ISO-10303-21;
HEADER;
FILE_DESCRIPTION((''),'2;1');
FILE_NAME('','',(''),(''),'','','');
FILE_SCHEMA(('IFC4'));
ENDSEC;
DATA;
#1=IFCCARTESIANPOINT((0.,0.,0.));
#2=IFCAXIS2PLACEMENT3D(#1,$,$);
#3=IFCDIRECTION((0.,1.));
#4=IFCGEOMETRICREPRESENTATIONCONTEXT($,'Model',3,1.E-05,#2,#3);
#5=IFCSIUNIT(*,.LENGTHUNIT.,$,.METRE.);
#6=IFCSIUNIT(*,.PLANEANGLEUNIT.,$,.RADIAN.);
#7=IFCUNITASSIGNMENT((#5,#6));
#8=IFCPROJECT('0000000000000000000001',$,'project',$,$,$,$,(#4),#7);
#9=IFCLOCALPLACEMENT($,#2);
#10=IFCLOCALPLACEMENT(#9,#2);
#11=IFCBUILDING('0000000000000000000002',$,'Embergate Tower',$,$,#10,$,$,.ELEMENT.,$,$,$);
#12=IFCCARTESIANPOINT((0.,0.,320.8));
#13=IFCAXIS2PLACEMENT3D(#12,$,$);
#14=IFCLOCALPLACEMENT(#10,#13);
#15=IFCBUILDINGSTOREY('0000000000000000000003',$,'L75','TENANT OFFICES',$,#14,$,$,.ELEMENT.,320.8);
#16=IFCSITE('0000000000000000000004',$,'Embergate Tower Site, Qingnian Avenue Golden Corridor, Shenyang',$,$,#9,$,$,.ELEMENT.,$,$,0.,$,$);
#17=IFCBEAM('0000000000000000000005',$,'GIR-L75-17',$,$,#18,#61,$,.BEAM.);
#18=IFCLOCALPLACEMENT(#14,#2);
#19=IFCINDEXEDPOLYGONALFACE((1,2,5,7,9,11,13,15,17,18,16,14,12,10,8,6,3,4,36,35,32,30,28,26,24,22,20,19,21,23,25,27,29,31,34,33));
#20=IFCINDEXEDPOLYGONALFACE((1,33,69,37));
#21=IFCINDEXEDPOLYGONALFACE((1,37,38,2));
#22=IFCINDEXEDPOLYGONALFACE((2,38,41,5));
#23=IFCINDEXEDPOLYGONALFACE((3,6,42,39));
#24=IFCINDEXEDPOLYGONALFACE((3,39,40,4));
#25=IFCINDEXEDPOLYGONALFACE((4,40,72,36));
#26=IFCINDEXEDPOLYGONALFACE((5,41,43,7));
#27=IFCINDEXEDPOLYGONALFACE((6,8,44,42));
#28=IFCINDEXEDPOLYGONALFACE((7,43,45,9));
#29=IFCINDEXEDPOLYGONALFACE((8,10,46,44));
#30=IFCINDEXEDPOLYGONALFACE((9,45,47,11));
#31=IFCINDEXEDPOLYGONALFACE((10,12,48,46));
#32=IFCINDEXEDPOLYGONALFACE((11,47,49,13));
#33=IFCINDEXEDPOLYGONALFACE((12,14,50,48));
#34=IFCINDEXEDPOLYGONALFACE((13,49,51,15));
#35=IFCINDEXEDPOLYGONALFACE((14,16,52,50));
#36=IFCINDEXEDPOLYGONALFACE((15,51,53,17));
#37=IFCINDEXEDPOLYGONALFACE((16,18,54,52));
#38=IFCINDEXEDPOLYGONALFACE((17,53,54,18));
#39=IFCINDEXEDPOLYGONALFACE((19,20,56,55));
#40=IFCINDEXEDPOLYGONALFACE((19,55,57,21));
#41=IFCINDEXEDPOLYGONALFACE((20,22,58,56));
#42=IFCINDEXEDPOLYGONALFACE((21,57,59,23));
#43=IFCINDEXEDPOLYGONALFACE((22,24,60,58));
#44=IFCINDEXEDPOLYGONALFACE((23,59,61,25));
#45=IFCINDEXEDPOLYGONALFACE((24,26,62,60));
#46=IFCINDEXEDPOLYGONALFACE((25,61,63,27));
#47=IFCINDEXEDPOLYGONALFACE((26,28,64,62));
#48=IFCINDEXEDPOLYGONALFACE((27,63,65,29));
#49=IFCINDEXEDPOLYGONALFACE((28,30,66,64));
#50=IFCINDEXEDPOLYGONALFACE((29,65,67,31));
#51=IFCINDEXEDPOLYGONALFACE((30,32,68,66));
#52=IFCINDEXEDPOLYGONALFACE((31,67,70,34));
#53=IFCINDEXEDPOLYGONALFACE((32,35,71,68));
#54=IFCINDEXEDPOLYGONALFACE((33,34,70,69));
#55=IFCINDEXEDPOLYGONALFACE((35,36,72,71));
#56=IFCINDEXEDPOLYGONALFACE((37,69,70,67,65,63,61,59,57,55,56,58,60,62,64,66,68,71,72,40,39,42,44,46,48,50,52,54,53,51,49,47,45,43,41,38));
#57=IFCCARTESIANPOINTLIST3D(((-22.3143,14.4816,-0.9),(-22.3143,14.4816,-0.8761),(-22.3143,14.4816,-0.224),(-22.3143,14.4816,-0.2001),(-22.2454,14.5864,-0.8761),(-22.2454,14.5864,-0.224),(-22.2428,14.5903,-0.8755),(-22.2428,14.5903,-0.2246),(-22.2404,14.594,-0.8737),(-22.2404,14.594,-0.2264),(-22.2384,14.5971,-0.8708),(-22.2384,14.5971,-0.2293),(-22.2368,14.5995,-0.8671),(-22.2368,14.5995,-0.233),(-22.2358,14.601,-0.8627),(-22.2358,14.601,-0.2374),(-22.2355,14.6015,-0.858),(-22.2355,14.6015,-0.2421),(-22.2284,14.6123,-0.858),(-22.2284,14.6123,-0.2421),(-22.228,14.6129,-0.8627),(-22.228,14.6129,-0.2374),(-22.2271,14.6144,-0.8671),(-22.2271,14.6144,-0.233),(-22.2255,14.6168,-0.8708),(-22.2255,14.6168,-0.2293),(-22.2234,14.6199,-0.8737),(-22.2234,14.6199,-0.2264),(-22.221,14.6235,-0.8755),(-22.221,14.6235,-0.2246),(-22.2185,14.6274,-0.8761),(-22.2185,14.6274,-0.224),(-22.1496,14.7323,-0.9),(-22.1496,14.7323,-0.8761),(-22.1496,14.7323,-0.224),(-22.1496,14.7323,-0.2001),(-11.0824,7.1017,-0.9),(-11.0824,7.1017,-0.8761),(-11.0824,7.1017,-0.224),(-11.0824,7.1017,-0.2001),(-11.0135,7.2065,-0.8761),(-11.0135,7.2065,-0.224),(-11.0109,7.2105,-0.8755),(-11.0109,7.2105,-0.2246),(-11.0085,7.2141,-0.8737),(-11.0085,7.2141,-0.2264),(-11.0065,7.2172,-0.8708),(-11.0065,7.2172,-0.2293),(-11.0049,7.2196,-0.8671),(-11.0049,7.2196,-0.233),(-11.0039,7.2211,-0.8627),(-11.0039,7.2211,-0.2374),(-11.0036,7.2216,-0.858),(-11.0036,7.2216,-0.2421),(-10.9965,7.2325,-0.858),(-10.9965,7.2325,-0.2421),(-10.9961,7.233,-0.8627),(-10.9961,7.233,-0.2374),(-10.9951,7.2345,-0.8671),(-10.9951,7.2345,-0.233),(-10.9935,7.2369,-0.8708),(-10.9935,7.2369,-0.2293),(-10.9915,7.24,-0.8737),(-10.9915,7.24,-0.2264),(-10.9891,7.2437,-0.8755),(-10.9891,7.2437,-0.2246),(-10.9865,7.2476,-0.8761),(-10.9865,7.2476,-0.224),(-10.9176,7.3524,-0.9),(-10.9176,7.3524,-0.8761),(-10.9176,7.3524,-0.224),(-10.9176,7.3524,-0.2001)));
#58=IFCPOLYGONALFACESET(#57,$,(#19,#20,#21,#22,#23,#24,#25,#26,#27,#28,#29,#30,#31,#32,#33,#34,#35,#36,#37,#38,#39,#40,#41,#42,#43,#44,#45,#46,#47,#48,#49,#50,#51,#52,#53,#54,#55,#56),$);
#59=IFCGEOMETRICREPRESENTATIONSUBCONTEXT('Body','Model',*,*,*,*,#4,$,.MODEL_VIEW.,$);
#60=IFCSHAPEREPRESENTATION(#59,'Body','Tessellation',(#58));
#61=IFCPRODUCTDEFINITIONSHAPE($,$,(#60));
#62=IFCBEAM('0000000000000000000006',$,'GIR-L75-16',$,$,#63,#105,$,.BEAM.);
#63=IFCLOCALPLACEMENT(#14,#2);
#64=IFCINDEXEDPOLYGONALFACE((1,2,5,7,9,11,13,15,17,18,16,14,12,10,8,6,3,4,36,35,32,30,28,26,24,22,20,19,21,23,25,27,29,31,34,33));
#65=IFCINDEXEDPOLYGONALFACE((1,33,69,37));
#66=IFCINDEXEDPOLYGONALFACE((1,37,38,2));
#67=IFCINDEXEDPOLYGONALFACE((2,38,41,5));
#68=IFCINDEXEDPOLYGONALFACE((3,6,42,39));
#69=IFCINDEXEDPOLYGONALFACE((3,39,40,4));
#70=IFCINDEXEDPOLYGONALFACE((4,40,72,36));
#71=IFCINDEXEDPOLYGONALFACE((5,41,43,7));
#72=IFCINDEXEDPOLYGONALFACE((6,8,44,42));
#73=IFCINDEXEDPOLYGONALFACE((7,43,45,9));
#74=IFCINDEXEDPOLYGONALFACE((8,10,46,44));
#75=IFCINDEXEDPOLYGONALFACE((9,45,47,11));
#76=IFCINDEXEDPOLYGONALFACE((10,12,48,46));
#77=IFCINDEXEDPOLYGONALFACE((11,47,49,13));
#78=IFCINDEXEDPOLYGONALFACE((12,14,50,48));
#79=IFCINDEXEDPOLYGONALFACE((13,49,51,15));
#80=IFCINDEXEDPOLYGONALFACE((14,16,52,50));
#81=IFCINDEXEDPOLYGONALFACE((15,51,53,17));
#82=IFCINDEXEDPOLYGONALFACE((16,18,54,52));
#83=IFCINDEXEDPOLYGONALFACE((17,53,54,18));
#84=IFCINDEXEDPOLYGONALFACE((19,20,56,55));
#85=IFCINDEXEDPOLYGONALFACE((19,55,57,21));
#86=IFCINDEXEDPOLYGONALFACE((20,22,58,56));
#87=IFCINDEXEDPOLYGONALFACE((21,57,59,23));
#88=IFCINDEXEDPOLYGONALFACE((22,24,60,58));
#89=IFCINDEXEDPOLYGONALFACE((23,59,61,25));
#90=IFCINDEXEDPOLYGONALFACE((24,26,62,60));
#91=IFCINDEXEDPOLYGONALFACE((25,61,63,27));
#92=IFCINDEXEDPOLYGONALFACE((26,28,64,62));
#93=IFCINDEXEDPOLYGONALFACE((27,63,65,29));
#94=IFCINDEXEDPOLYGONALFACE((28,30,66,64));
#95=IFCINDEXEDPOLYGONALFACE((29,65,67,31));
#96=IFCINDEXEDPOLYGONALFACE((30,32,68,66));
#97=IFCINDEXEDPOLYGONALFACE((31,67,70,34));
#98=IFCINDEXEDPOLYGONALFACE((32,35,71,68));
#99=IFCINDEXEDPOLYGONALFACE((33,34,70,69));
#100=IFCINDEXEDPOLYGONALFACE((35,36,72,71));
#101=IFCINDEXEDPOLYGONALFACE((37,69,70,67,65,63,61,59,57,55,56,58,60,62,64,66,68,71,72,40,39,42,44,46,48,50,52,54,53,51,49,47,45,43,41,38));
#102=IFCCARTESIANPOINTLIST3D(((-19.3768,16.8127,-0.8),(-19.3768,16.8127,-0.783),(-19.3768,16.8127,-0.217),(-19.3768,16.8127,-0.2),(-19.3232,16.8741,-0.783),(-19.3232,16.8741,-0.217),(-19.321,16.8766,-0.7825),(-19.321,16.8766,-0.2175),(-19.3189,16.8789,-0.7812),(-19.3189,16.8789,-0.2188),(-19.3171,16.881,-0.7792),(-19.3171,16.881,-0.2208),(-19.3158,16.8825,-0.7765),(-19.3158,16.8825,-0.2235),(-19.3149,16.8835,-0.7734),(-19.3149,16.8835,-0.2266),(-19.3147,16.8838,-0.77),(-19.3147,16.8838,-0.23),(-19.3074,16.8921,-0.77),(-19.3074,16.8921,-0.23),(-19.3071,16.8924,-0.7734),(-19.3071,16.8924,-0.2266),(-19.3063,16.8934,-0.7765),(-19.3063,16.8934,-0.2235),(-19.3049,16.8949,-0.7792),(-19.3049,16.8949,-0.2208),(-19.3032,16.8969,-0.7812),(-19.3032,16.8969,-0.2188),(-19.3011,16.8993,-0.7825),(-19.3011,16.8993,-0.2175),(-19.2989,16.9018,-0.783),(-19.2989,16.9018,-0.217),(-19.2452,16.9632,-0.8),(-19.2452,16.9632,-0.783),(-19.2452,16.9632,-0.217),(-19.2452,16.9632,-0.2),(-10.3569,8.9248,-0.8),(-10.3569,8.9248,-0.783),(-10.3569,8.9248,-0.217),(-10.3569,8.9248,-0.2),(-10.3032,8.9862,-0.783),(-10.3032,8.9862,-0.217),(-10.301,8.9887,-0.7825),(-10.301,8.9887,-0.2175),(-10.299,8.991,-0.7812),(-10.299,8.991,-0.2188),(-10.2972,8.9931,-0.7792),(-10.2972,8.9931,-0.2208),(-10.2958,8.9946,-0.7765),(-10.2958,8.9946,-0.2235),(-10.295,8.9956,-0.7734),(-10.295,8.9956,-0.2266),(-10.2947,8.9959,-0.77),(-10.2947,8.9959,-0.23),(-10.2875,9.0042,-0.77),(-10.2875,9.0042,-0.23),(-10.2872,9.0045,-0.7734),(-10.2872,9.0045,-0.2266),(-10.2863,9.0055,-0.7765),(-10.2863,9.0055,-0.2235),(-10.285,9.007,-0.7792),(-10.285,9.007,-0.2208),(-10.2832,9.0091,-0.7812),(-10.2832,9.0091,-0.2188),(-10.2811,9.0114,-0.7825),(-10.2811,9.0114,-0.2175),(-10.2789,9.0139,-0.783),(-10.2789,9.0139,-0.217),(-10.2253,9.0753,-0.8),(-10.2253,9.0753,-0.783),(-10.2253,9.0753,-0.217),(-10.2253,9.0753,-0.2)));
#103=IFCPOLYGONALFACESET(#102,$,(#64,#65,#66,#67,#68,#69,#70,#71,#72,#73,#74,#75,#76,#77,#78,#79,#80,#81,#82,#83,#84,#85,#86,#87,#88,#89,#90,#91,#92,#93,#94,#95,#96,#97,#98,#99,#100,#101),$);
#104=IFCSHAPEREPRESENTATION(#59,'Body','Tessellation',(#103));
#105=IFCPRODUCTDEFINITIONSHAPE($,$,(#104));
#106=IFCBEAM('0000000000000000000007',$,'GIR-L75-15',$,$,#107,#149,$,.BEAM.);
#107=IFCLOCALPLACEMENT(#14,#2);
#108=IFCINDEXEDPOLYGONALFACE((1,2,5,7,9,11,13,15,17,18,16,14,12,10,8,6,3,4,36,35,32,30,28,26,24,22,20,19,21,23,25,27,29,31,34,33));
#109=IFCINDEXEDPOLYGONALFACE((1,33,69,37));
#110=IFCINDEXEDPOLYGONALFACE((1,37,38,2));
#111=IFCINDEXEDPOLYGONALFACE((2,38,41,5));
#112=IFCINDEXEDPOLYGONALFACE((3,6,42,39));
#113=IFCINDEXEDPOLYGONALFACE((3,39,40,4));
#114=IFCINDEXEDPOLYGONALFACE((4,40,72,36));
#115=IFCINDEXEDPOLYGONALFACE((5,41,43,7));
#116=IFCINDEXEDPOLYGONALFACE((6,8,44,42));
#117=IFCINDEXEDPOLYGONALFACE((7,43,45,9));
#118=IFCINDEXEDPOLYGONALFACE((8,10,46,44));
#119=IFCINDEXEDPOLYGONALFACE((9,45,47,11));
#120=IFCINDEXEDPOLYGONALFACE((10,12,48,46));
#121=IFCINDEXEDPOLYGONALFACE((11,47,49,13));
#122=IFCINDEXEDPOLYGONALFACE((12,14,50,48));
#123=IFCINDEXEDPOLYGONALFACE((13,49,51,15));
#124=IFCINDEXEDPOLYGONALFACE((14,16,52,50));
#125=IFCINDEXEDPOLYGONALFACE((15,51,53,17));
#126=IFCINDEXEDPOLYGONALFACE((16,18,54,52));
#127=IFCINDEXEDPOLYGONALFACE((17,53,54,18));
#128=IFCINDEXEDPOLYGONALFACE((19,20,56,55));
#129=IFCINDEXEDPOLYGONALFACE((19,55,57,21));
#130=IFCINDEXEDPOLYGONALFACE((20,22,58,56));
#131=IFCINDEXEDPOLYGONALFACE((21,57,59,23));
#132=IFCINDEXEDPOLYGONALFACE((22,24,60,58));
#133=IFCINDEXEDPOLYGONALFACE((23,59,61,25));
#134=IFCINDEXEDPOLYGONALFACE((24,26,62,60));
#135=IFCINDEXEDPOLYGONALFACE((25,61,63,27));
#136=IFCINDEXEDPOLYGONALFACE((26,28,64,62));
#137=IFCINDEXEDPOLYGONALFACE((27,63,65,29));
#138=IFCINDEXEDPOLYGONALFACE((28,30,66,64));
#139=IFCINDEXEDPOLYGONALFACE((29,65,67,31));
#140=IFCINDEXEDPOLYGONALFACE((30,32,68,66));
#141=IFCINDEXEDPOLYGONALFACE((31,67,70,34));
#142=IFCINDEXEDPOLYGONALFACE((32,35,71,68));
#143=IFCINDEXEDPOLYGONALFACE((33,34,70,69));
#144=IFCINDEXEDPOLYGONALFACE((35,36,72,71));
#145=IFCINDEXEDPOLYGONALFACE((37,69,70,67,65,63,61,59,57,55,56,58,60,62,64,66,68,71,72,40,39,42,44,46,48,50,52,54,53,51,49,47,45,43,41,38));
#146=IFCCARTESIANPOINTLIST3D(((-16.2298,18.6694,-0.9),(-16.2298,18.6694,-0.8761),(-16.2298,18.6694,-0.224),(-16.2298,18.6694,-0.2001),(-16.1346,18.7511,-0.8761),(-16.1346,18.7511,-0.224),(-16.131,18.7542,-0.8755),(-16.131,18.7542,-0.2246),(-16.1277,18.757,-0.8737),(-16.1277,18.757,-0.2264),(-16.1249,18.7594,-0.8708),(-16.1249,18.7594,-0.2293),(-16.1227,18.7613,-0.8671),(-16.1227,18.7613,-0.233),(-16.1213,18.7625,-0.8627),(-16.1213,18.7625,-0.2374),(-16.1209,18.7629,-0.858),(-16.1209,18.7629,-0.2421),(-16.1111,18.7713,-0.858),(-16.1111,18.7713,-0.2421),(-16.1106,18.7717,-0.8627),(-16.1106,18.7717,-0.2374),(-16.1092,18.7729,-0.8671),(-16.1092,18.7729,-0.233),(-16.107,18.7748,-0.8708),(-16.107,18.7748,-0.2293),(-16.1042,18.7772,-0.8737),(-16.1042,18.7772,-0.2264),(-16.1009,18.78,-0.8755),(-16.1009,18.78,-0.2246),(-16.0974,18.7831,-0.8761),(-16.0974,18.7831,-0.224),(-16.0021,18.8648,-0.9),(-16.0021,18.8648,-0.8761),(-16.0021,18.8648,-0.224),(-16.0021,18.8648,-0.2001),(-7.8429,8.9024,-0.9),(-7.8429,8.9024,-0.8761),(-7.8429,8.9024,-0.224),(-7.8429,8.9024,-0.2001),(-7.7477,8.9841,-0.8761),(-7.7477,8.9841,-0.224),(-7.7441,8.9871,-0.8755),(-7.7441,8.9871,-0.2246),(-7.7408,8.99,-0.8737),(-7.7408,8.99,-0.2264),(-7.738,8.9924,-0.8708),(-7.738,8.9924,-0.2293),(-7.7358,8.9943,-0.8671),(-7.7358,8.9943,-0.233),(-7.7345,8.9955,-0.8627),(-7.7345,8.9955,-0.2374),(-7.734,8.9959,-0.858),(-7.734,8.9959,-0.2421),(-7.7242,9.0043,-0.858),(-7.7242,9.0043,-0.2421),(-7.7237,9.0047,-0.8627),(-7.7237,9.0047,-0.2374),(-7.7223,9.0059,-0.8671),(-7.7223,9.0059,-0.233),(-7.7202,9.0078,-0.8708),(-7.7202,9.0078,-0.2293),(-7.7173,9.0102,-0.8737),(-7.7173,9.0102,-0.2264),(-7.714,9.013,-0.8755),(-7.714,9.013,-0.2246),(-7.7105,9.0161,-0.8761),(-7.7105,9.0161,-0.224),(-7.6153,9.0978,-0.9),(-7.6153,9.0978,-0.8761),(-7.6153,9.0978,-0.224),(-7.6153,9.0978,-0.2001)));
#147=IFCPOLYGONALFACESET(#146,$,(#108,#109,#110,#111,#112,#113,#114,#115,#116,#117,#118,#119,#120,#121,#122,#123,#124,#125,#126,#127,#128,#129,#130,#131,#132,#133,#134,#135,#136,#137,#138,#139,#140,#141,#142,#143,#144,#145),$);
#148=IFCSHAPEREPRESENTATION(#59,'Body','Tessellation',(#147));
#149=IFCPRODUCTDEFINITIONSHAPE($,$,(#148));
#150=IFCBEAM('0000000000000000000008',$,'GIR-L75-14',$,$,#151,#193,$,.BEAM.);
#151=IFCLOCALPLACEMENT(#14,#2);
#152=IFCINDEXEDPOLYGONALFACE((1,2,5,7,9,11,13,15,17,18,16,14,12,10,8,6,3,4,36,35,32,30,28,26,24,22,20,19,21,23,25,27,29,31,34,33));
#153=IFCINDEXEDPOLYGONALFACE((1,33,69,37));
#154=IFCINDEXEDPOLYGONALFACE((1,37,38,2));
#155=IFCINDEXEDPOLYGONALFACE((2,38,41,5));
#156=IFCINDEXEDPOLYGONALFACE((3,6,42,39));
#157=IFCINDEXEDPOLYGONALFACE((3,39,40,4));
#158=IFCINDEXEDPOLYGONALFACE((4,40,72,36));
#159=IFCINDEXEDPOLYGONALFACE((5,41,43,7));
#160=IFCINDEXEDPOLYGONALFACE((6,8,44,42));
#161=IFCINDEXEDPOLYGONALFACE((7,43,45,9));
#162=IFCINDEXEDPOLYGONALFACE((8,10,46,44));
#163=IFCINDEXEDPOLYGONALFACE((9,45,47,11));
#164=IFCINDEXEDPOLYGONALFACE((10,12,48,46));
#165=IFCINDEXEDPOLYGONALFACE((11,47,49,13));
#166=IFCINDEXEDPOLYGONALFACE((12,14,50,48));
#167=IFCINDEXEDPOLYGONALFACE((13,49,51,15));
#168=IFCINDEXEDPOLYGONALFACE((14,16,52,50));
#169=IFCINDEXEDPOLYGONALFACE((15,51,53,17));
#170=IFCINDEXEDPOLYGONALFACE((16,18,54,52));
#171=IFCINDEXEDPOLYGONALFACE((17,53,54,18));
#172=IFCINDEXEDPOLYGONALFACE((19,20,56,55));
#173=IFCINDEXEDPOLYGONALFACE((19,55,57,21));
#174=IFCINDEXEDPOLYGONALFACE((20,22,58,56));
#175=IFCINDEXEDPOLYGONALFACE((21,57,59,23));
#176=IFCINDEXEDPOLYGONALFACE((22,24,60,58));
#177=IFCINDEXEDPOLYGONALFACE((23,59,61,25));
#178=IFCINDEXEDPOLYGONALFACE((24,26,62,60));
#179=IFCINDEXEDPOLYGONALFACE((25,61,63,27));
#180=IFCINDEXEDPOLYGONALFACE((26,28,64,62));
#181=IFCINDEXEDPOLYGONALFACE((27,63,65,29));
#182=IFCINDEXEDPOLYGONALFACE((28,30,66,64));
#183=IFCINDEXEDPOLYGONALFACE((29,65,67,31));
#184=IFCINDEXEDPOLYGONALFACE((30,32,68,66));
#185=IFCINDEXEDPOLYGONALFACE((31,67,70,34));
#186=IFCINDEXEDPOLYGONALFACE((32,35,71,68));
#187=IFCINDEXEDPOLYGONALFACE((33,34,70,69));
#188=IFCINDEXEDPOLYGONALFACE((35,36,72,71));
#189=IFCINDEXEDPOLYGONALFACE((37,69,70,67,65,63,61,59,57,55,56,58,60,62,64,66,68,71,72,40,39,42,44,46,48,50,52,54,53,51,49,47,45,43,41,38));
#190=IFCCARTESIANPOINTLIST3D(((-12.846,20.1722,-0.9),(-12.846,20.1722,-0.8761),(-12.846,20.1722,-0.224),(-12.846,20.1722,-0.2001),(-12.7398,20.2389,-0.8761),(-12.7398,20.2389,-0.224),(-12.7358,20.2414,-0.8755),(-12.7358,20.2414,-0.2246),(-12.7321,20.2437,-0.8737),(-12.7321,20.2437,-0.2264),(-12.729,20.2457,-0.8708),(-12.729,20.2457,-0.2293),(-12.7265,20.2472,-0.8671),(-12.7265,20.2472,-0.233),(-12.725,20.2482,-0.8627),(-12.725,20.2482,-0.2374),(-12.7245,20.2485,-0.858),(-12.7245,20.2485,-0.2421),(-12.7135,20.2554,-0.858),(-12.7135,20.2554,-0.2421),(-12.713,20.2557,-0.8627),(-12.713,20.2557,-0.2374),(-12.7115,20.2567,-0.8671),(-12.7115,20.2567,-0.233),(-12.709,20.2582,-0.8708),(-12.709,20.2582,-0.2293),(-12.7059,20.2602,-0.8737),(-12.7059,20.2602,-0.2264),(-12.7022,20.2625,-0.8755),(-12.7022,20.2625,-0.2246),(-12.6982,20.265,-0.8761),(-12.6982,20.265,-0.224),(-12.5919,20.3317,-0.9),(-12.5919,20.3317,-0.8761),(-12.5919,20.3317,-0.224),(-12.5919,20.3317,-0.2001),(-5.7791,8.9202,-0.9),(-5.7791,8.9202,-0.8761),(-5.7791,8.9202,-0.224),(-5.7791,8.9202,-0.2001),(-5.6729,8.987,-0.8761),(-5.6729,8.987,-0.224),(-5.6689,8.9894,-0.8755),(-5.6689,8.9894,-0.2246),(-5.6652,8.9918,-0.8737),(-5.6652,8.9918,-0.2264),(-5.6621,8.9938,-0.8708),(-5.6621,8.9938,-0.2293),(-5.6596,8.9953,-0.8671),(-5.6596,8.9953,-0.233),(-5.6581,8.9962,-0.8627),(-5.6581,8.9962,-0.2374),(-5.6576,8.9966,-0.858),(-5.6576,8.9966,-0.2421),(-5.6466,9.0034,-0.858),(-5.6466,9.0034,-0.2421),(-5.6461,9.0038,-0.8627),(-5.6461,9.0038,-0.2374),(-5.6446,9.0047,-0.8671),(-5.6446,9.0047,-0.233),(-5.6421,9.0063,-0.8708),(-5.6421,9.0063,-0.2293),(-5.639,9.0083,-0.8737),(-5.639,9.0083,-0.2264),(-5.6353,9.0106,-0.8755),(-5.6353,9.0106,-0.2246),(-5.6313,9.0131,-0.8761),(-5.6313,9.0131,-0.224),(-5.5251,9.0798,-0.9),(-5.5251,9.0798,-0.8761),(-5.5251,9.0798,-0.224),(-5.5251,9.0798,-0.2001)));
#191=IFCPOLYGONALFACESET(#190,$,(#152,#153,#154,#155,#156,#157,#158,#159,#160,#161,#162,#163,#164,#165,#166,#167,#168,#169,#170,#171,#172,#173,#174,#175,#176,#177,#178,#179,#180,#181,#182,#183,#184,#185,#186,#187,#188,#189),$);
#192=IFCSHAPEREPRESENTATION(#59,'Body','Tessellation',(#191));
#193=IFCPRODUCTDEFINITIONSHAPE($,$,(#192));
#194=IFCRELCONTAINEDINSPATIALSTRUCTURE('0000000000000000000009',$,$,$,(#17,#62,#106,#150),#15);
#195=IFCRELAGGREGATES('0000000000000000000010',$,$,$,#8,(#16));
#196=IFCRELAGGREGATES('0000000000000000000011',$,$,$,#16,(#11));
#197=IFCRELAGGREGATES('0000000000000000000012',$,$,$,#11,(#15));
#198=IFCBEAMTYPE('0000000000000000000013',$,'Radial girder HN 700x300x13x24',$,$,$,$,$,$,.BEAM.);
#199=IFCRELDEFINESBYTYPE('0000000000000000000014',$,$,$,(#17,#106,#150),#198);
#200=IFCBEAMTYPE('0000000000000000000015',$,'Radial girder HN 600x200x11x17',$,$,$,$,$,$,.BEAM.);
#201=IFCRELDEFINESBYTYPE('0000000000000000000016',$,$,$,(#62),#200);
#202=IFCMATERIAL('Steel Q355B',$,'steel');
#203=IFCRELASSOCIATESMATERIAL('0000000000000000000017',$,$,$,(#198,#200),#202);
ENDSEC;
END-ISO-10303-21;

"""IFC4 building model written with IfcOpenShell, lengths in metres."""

from ifc_helpers import new_model, si_unit, direction, frame, origin, origin_2d, place, context, subcontext, project, spatial, i_section, extrude, source, transform, mapped, material, material_profile, profile_set, type_object, element, save


model = new_model("IFC4")

# Units and contexts
model_context = context("Model", 3, precision=1e-05, world=origin(), true_north=direction((0.0, 1.0)))
body_context = subcontext(model_context, "Body", "Model", "MODEL_VIEW")
ifc_project = project(units=[si_unit("LENGTHUNIT", "METRE"), si_unit("PLANEANGLEUNIT", "RADIAN")], contexts=[model_context])

# Site, building, storey
site_placement = place(None, origin())
site = spatial("IfcSite", under=ifc_project, at=site_placement, Name="Embergate Tower Site, Qingnian Avenue Golden Corridor, Shenyang", CompositionType="ELEMENT", RefElevation=0.0)
building_placement = place(site_placement, origin())
building = spatial("IfcBuilding", under=site, at=building_placement, Name="Embergate Tower", CompositionType="ELEMENT")
storey_placement = place(building_placement, frame((0.0, 0.0, 320.8)))
storey = spatial("IfcBuildingStorey", under=building, at=storey_placement, Name="L75", Description="TENANT OFFICES", CompositionType="ELEMENT", Elevation=320.8)

# Beams
ifc_material_1 = material(Name="Steel Q355B", Category="steel")
ifc_material_profile_1 = material_profile(ifc_material_1, i_section(OverallWidth=0.3, OverallDepth=0.7, WebThickness=0.0129, FlangeThickness=0.0239, FilletRadius=0.0181, at=origin_2d()), Name="HN 700x300x13x24")
ifc_profile_set_1 = profile_set([ifc_material_profile_1], Name="Steel Q355 grade B")
beam_type_1 = type_object("IfcBeamType", Name="Radial girder HN 700x300x13x24", PredefinedType="BEAM", material=ifc_profile_set_1)
shared_shape_1 = source(origin(), body_context, "Body", "SweptSolid", [
    extrude(i_section(OverallWidth=0.3, OverallDepth=0.7, WebThickness=0.0129, FlangeThickness=0.0239, FilletRadius=0.0181, at=origin_2d()), origin(), (0.0, 0.0, 1.0), 13.4395),
])
beam_1_placement = place(storey_placement, frame((-22.2319, 14.6069, -0.55), z_axis=(0.835743, -0.549121, 0.0), x_axis=(0.549121, 0.835743, 0.0)))
element("IfcBeam", 1, at=beam_1_placement, inside=storey, type_object=beam_type_1, Name="GIR-L75-17", PredefinedType="BEAM", context=body_context, shape_type="MappedRepresentation", body=[
    mapped(shared_shape_1, transform((0.0, 0.0, 0.0))),
])
ifc_material_profile_2 = material_profile(ifc_material_1, i_section(OverallWidth=0.2, OverallDepth=0.6001, WebThickness=0.011, FlangeThickness=0.0171, FilletRadius=0.0129, at=origin_2d()), Name="HN 600x200x11x17")
ifc_profile_set_2 = profile_set([ifc_material_profile_2], Name="Steel Q355 grade B")
beam_type_2 = type_object("IfcBeamType", Name="Radial girder HN 600x200x11x17", PredefinedType="BEAM", material=ifc_profile_set_2)
shared_shape_2 = source(origin(), body_context, "Body", "SweptSolid", [
    extrude(i_section(OverallWidth=0.2, OverallDepth=0.6001, WebThickness=0.011, FlangeThickness=0.0171, FilletRadius=0.0129, at=origin_2d()), origin(), (0.0, 0.0, 1.0), 11.9824),
])
beam_2_placement = place(storey_placement, frame((-19.311, 16.8879, -0.5), z_axis=(0.752766, -0.658288, 0.0), x_axis=(0.658288, 0.752766, 0.0)))
element("IfcBeam", 2, at=beam_2_placement, inside=storey, type_object=beam_type_2, Name="GIR-L75-16", PredefinedType="BEAM", context=body_context, shape_type="MappedRepresentation", body=[
    mapped(shared_shape_2, transform((0.0, 0.0, 0.0))),
])
shared_shape_3 = source(origin(), body_context, "Body", "SweptSolid", [
    extrude(i_section(OverallWidth=0.3, OverallDepth=0.7, WebThickness=0.0129, FlangeThickness=0.0239, FilletRadius=0.0181, at=origin_2d()), origin(), (0.0, 0.0, 1.0), 12.8738),
])
beam_3_placement = place(storey_placement, frame((-16.116, 18.7671, -0.55), z_axis=(0.65147, -0.758674, 0.0), x_axis=(0.758674, 0.65147, 0.0)))
element("IfcBeam", 3, at=beam_3_placement, inside=storey, type_object=beam_type_1, Name="GIR-L75-15", PredefinedType="BEAM", context=body_context, shape_type="MappedRepresentation", body=[
    mapped(shared_shape_3, transform((0.0, 0.0, 0.0))),
])
shared_shape_4 = source(origin(), body_context, "Body", "SweptSolid", [
    extrude(i_section(OverallWidth=0.3, OverallDepth=0.7, WebThickness=0.0129, FlangeThickness=0.0239, FilletRadius=0.0181, at=origin_2d()), origin(), (0.0, 0.0, 1.0), 13.2871),
])
beam_4_placement = place(storey_placement, frame((-12.719, 20.252, -0.55), z_axis=(0.531861, -0.846832, 0.0), x_axis=(0.846832, 0.531861, 0.0)))
element("IfcBeam", 4, at=beam_4_placement, inside=storey, type_object=beam_type_1, Name="GIR-L75-14", PredefinedType="BEAM", context=body_context, shape_type="MappedRepresentation", body=[
    mapped(shared_shape_4, transform((0.0, 0.0, 0.0))),
])

save(model, "model.ifc")
